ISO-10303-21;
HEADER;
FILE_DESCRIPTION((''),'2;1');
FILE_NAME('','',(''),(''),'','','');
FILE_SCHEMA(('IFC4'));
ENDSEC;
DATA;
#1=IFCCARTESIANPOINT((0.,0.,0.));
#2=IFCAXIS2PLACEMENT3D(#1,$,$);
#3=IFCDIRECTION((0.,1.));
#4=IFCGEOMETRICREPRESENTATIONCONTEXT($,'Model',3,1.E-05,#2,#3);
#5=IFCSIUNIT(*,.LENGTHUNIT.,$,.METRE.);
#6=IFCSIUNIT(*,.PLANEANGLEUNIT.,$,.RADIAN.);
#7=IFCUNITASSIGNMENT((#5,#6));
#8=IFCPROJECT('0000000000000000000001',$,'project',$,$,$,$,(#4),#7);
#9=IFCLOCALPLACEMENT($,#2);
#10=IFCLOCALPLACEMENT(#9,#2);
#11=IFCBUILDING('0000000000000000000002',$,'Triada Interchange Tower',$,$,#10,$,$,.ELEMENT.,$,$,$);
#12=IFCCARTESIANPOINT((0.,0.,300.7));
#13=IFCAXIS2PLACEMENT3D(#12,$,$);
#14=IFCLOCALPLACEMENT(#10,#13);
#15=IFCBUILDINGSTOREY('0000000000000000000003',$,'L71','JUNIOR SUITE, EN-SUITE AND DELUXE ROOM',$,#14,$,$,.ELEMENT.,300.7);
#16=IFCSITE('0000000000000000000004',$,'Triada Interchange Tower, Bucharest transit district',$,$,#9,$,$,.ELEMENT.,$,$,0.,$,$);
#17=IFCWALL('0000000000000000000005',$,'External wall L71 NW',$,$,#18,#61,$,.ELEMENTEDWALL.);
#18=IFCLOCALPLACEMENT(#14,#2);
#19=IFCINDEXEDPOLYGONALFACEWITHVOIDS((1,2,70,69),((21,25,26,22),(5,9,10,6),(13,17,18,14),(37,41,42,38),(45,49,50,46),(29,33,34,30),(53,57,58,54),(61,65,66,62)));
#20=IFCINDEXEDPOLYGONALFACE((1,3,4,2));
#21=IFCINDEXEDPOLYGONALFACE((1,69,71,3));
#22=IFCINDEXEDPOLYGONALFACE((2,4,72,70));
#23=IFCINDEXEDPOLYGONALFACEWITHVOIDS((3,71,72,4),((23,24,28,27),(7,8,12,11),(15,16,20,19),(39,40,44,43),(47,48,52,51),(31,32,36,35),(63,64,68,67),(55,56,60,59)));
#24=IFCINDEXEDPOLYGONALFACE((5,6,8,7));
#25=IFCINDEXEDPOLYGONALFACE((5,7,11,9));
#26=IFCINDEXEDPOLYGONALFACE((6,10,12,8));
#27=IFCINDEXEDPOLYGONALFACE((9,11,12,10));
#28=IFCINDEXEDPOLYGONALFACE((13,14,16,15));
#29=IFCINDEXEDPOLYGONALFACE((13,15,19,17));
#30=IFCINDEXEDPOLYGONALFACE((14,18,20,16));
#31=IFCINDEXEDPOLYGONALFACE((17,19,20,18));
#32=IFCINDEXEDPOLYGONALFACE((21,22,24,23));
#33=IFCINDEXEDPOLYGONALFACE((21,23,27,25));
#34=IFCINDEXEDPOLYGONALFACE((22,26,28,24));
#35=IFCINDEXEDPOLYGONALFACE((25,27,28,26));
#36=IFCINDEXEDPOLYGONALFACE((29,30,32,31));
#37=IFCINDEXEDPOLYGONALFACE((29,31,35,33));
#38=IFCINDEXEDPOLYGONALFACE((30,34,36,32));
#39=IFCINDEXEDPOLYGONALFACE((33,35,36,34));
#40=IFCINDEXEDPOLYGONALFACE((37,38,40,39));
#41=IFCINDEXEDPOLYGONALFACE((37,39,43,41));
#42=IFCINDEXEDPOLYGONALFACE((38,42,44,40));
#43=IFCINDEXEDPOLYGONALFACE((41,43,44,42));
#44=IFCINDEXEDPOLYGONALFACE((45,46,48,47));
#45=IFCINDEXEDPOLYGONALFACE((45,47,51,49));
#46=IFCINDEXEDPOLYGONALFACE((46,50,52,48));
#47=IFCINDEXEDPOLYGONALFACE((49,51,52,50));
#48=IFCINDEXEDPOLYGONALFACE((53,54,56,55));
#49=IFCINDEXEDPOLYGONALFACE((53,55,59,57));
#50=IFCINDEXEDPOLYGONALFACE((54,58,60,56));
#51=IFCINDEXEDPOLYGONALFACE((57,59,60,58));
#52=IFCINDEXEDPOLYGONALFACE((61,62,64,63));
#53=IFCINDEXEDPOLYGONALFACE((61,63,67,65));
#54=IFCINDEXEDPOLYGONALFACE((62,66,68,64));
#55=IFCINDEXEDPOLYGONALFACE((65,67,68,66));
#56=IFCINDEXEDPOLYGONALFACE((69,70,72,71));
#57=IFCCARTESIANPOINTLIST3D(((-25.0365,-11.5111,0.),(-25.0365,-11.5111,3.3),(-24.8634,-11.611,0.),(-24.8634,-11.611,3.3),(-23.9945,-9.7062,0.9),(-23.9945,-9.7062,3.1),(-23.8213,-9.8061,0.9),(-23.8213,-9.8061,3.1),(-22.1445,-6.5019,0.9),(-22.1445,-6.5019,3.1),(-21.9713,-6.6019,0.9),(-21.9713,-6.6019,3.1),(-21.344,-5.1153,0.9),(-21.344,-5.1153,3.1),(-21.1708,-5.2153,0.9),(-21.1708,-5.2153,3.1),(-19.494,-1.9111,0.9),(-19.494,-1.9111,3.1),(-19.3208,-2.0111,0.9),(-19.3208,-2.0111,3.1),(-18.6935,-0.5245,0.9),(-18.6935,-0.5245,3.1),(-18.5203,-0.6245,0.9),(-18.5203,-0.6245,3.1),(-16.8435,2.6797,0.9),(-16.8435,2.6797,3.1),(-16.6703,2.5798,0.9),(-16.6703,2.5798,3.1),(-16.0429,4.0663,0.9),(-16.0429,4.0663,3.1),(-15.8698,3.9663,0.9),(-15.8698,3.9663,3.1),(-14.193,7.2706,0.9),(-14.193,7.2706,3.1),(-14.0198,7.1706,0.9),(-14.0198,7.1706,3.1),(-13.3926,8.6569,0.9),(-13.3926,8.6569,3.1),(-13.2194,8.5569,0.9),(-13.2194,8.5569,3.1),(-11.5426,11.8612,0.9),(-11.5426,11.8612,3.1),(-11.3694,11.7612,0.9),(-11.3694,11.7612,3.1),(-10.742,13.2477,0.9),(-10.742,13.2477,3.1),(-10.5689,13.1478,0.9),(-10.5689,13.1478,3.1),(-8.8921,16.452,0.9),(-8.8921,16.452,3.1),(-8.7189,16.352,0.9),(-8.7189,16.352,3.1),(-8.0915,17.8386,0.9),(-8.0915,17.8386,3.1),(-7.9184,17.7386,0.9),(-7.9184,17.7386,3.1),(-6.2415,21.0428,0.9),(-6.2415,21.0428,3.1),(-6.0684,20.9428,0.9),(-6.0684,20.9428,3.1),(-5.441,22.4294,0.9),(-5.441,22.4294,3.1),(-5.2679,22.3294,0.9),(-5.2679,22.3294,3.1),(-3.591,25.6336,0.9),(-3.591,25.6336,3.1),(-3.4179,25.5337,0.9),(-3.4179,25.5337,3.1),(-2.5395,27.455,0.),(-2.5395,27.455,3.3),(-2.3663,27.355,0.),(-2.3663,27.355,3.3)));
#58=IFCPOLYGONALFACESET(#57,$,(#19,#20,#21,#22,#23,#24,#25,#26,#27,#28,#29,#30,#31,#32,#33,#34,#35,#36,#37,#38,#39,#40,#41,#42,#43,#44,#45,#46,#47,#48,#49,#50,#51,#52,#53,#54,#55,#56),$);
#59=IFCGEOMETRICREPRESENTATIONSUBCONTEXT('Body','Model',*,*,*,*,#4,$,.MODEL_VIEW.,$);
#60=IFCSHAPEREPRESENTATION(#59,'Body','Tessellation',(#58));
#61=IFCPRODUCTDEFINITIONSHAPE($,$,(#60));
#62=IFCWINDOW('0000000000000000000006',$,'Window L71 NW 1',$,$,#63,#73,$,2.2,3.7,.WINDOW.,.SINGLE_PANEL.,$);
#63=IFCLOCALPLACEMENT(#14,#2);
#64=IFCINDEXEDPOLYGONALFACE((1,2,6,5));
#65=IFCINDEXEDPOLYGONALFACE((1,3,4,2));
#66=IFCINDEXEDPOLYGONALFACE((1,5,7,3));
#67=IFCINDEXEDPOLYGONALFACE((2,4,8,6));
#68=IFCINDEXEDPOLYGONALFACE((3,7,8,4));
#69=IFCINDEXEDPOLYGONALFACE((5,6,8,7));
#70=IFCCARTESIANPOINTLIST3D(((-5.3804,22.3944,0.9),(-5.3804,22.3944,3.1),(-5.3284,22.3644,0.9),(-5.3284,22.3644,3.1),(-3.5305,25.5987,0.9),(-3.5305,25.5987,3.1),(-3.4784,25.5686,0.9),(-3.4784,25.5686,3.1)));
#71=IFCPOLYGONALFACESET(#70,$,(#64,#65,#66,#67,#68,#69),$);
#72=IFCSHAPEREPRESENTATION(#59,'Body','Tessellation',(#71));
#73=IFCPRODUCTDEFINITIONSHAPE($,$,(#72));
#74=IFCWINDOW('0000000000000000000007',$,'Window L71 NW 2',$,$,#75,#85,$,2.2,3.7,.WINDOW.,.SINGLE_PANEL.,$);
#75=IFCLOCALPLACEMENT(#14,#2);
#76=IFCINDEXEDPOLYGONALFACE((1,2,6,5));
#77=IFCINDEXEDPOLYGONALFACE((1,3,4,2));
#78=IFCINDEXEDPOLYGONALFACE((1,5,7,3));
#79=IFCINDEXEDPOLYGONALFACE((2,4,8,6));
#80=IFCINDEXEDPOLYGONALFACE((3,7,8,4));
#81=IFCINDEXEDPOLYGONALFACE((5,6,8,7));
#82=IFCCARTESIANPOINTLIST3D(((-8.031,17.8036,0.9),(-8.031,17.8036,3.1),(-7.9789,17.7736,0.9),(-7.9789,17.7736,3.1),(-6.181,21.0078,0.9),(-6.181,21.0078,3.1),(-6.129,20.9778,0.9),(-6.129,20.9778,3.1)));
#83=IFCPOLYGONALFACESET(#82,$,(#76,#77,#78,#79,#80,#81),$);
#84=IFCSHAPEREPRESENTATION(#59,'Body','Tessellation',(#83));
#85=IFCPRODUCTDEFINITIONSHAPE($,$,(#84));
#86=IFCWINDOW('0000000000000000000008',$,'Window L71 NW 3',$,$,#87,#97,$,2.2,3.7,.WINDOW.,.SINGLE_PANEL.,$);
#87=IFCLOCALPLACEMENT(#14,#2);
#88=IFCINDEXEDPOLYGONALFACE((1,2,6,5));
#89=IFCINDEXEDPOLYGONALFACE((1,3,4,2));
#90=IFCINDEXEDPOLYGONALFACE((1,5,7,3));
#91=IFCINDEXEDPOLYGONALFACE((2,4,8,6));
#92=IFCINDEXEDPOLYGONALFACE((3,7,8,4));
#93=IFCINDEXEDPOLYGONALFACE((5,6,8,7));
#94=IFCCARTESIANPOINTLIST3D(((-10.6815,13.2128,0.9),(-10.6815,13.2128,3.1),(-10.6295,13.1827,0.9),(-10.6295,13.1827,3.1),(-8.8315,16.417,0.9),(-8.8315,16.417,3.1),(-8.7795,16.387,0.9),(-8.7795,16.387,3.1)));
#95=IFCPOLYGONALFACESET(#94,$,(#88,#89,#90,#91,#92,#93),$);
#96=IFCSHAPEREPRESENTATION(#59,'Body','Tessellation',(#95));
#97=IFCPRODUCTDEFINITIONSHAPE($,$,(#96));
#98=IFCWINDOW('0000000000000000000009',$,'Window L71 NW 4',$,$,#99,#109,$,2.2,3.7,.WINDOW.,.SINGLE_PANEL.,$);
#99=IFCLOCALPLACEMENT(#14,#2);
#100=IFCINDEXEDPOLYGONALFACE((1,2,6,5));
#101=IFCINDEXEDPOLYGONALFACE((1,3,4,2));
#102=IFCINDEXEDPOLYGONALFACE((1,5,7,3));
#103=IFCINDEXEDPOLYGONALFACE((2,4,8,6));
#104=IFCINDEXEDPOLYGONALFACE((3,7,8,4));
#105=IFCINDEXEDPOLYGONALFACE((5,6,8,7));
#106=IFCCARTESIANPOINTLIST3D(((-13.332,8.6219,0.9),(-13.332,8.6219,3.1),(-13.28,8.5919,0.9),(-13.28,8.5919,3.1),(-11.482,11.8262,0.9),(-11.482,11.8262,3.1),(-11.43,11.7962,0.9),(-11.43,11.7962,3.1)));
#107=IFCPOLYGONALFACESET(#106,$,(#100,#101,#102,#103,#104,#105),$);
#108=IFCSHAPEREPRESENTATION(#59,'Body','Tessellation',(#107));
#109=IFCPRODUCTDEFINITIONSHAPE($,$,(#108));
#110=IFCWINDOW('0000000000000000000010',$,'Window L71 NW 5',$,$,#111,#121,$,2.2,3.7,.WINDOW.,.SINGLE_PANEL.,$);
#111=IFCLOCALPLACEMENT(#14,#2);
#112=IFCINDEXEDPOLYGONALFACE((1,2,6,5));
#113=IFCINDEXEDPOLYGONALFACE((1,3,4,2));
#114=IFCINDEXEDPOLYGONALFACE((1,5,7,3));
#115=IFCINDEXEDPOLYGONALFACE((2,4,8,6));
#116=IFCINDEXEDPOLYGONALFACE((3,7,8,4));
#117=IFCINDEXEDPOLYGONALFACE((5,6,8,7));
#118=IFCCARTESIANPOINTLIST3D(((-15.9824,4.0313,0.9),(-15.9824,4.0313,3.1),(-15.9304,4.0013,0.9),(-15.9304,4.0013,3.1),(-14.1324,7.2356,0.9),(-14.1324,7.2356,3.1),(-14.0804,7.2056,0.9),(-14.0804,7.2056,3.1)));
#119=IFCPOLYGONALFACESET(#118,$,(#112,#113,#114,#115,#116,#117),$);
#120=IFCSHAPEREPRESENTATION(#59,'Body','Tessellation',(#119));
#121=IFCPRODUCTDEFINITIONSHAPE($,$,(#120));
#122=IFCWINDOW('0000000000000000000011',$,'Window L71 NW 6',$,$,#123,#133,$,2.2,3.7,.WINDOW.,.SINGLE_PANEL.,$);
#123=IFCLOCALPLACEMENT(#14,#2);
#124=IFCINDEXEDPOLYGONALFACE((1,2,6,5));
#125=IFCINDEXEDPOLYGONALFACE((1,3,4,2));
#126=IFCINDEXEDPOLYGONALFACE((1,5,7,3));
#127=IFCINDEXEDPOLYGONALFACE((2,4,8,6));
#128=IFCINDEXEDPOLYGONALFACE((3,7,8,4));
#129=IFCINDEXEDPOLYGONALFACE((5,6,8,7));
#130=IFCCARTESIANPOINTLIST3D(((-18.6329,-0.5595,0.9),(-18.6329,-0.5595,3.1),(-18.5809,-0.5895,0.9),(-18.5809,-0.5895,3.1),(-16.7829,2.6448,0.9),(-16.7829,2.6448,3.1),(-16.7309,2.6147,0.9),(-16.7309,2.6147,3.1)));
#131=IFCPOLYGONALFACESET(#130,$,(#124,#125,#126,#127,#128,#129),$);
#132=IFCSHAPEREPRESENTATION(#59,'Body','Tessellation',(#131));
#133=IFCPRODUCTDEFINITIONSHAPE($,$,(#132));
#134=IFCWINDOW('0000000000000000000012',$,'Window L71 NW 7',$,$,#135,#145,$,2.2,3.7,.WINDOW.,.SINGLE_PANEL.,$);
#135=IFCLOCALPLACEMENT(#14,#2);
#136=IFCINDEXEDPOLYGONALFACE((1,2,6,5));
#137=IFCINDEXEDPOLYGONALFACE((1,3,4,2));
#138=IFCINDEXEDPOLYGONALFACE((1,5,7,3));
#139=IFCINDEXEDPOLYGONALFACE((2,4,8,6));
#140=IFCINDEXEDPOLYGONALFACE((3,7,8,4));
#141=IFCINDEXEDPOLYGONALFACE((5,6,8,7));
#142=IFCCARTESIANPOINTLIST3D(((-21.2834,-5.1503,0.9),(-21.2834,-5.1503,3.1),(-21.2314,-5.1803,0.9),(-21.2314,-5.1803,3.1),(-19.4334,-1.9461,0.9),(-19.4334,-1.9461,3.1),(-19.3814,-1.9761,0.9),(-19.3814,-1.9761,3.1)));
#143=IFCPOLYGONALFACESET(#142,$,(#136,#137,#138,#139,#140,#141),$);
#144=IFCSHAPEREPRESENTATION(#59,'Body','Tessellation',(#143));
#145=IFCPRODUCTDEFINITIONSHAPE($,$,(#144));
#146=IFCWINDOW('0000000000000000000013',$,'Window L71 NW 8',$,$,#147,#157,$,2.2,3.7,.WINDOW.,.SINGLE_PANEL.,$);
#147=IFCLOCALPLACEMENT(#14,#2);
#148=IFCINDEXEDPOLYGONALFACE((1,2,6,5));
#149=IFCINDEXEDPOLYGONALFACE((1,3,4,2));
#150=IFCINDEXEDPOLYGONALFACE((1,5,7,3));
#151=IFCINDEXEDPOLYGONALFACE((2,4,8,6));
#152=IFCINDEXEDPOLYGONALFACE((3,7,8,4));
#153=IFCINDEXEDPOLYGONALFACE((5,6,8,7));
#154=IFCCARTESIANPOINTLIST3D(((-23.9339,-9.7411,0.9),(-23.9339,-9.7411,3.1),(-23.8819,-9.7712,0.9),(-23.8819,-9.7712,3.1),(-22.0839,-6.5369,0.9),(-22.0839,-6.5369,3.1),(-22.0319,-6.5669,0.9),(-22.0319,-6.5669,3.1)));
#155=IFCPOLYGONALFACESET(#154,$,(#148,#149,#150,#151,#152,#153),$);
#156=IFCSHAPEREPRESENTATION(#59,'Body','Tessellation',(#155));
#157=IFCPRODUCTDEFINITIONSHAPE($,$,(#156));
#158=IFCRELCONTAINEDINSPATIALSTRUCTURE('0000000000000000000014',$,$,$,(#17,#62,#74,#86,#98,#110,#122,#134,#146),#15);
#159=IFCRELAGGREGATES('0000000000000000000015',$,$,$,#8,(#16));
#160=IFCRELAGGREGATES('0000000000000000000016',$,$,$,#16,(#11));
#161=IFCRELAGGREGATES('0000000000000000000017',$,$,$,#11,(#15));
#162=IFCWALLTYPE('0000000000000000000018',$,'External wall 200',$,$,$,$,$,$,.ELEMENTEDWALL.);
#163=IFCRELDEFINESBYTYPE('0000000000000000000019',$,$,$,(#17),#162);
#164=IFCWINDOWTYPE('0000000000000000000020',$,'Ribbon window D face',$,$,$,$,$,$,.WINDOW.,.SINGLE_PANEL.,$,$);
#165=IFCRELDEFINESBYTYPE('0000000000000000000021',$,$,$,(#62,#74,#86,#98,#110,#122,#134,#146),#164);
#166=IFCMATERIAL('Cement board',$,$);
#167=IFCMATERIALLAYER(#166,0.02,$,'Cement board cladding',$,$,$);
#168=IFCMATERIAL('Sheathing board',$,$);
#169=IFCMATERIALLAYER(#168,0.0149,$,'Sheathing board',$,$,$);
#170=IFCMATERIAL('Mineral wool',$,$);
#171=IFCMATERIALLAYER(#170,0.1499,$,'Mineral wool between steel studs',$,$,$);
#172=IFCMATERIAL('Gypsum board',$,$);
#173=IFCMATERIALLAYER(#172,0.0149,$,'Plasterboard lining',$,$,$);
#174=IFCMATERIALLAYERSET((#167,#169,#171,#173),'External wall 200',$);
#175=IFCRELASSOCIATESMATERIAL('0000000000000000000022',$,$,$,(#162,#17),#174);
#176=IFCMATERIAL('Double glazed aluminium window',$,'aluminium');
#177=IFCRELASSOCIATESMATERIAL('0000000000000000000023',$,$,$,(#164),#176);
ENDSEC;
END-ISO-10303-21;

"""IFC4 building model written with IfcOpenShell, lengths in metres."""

from ifc_helpers import new_model, si_unit, direction, frame, frame_2d, origin, place, context, subcontext, project, spatial, rectangle, extrude, material, layer, layer_set, layer_usage, type_object, element, fill, save


model = new_model("IFC4")

# Units and contexts
model_context = context("Model", 3, precision=1e-05, world=origin(), true_north=direction((0.0, 1.0)))
body_context = subcontext(model_context, "Body", "Model", "MODEL_VIEW")
ifc_project = project(units=[si_unit("LENGTHUNIT", "METRE"), si_unit("PLANEANGLEUNIT", "RADIAN")], contexts=[model_context])

# Site, building, storey
site_placement = place(None, origin())
site = spatial("IfcSite", under=ifc_project, at=site_placement, Name="Triada Interchange Tower, Bucharest transit district", CompositionType="ELEMENT", RefElevation=0.0)
building_placement = place(site_placement, origin())
building = spatial("IfcBuilding", under=site, at=building_placement, Name="Triada Interchange Tower", CompositionType="ELEMENT")
storey_placement = place(building_placement, frame((0.0, 0.0, 300.7)))
storey = spatial("IfcBuildingStorey", under=building, at=storey_placement, Name="L71", Description="JUNIOR SUITE, EN-SUITE AND DELUXE ROOM", CompositionType="ELEMENT", Elevation=300.7)

# Wall, openings, windows
ifc_material_1 = material(Name="Cement board")
ifc_layer_1 = layer(ifc_material_1, 0.02, Name="Cement board cladding")
ifc_material_2 = material(Name="Sheathing board")
ifc_layer_2 = layer(ifc_material_2, 0.0149, Name="Sheathing board")
ifc_material_3 = material(Name="Mineral wool")
ifc_layer_3 = layer(ifc_material_3, 0.1499, Name="Mineral wool between steel studs")
ifc_material_4 = material(Name="Gypsum board")
ifc_layer_4 = layer(ifc_material_4, 0.0149, Name="Plasterboard lining")
ifc_layer_set_1 = layer_set([ifc_layer_1, ifc_layer_2, ifc_layer_3, ifc_layer_4], Name="External wall 200")
ifc_layer_usage = layer_usage(ifc_layer_set_1, "AXIS2", "POSITIVE", -0.1001)
wall_type_1 = type_object("IfcWallType", Name="External wall 200", PredefinedType="ELEMENTEDWALL", material=ifc_layer_set_1)
wall_1_placement = place(storey_placement, frame((-2.4529, 27.405, 0.0), z_axis=(0.0, 0.0, 1.0), x_axis=(-0.5, -0.866025, 0.0)))
wall_1 = element("IfcWall", 1, at=wall_1_placement, inside=storey, type_object=wall_type_1, material=ifc_layer_usage, Name="External wall L71 NW", PredefinedType="ELEMENTEDWALL", context=body_context, shape_type="SweptSolid", body=[
    extrude(rectangle(XDim=44.9941, YDim=0.2, at=frame_2d((22.4971, 0.0))), origin(), (0.0, 0.0, 1.0), 3.3),
])
opening_1_placement = place(wall_1_placement, frame((2.103, 0.0, 0.8999)))
opening_1 = element("IfcOpeningElement", 2, at=opening_1_placement, cuts=wall_1, PredefinedType="OPENING", context=body_context, shape_type="SweptSolid", body=[
    extrude(rectangle(XDim=3.7, YDim=2.2, at=frame_2d((1.8501, 1.1001))), frame((0.0, 0.1099, 0.0), z_axis=(0.0, -1.0, 0.0), x_axis=(1.0, 0.0, 0.0)), (0.0, 0.0, 1.0), 0.22),
])
opening_2_placement = place(wall_1_placement, frame((7.4041, 0.0, 0.8999)))
opening_2 = element("IfcOpeningElement", 3, at=opening_2_placement, cuts=wall_1, PredefinedType="OPENING", context=body_context, shape_type="SweptSolid", body=[
    extrude(rectangle(XDim=3.7, YDim=2.2, at=frame_2d((1.8501, 1.1001))), frame((0.0, 0.1099, 0.0), z_axis=(0.0, -1.0, 0.0), x_axis=(1.0, 0.0, 0.0)), (0.0, 0.0, 1.0), 0.22),
])
opening_3_placement = place(wall_1_placement, frame((12.7051, 0.0, 0.8999)))
opening_3 = element("IfcOpeningElement", 4, at=opening_3_placement, cuts=wall_1, PredefinedType="OPENING", context=body_context, shape_type="SweptSolid", body=[
    extrude(rectangle(XDim=3.7, YDim=2.2, at=frame_2d((1.8501, 1.1001))), frame((0.0, 0.1099, 0.0), z_axis=(0.0, -1.0, 0.0), x_axis=(1.0, 0.0, 0.0)), (0.0, 0.0, 1.0), 0.22),
])
opening_4_placement = place(wall_1_placement, frame((18.0061, 0.0, 0.8999)))
opening_4 = element("IfcOpeningElement", 5, at=opening_4_placement, cuts=wall_1, PredefinedType="OPENING", context=body_context, shape_type="SweptSolid", body=[
    extrude(rectangle(XDim=3.7, YDim=2.2, at=frame_2d((1.8501, 1.1001))), frame((0.0, 0.1099, 0.0), z_axis=(0.0, -1.0, 0.0), x_axis=(1.0, 0.0, 0.0)), (0.0, 0.0, 1.0), 0.22),
])
opening_5_placement = place(wall_1_placement, frame((23.3069, 0.0, 0.8999)))
opening_5 = element("IfcOpeningElement", 6, at=opening_5_placement, cuts=wall_1, PredefinedType="OPENING", context=body_context, shape_type="SweptSolid", body=[
    extrude(rectangle(XDim=3.7, YDim=2.2, at=frame_2d((1.8501, 1.1001))), frame((0.0, 0.1099, 0.0), z_axis=(0.0, -1.0, 0.0), x_axis=(1.0, 0.0, 0.0)), (0.0, 0.0, 1.0), 0.22),
])
opening_6_placement = place(wall_1_placement, frame((28.6079, 0.0, 0.8999)))
opening_6 = element("IfcOpeningElement", 7, at=opening_6_placement, cuts=wall_1, PredefinedType="OPENING", context=body_context, shape_type="SweptSolid", body=[
    extrude(rectangle(XDim=3.7, YDim=2.2, at=frame_2d((1.8501, 1.1001))), frame((0.0, 0.1099, 0.0), z_axis=(0.0, -1.0, 0.0), x_axis=(1.0, 0.0, 0.0)), (0.0, 0.0, 1.0), 0.22),
])
opening_7_placement = place(wall_1_placement, frame((33.9089, 0.0, 0.8999)))
opening_7 = element("IfcOpeningElement", 8, at=opening_7_placement, cuts=wall_1, PredefinedType="OPENING", context=body_context, shape_type="SweptSolid", body=[
    extrude(rectangle(XDim=3.7, YDim=2.2, at=frame_2d((1.8501, 1.1001))), frame((0.0, 0.1099, 0.0), z_axis=(0.0, -1.0, 0.0), x_axis=(1.0, 0.0, 0.0)), (0.0, 0.0, 1.0), 0.22),
])
opening_8_placement = place(wall_1_placement, frame((39.21, 0.0, 0.8999)))
opening_8 = element("IfcOpeningElement", 9, at=opening_8_placement, cuts=wall_1, PredefinedType="OPENING", context=body_context, shape_type="SweptSolid", body=[
    extrude(rectangle(XDim=3.7, YDim=2.2, at=frame_2d((1.8501, 1.1001))), frame((0.0, 0.1099, 0.0), z_axis=(0.0, -1.0, 0.0), x_axis=(1.0, 0.0, 0.0)), (0.0, 0.0, 1.0), 0.22),
])
ifc_material_5 = material(Name="Double glazed aluminium window", Category="aluminium")
window_type = type_object("IfcWindowType", Name="Ribbon window D face", PartitioningType="SINGLE_PANEL", PredefinedType="WINDOW", material=ifc_material_5)
window_1_placement = place(opening_1_placement, origin())
window_1 = element("IfcWindow", 10, at=window_1_placement, inside=storey, type_object=window_type, Name="Window L71 NW 1", OverallHeight=2.2, OverallWidth=3.7, PartitioningType="SINGLE_PANEL", PredefinedType="WINDOW", context=body_context, shape_type="SweptSolid", body=[
    extrude(rectangle(XDim=3.7, YDim=2.2, at=frame_2d((1.8501, 1.1001))), frame((0.0, 0.03, 0.0), z_axis=(0.0, -1.0, 0.0), x_axis=(1.0, 0.0, 0.0)), (0.0, 0.0, 1.0), 0.0601),
])
fill(opening_1, window_1)
window_2_placement = place(opening_2_placement, origin())
window_2 = element("IfcWindow", 11, at=window_2_placement, inside=storey, type_object=window_type, Name="Window L71 NW 2", OverallHeight=2.2, OverallWidth=3.7, PartitioningType="SINGLE_PANEL", PredefinedType="WINDOW", context=body_context, shape_type="SweptSolid", body=[
    extrude(rectangle(XDim=3.7, YDim=2.2, at=frame_2d((1.8501, 1.1001))), frame((0.0, 0.03, 0.0), z_axis=(0.0, -1.0, 0.0), x_axis=(1.0, 0.0, 0.0)), (0.0, 0.0, 1.0), 0.0601),
])
fill(opening_2, window_2)
window_3_placement = place(opening_3_placement, origin())
window_3 = element("IfcWindow", 12, at=window_3_placement, inside=storey, type_object=window_type, Name="Window L71 NW 3", OverallHeight=2.2, OverallWidth=3.7, PartitioningType="SINGLE_PANEL", PredefinedType="WINDOW", context=body_context, shape_type="SweptSolid", body=[
    extrude(rectangle(XDim=3.7, YDim=2.2, at=frame_2d((1.8501, 1.1001))), frame((0.0, 0.03, 0.0), z_axis=(0.0, -1.0, 0.0), x_axis=(1.0, 0.0, 0.0)), (0.0, 0.0, 1.0), 0.0601),
])
fill(opening_3, window_3)
window_4_placement = place(opening_4_placement, origin())
window_4 = element("IfcWindow", 13, at=window_4_placement, inside=storey, type_object=window_type, Name="Window L71 NW 4", OverallHeight=2.2, OverallWidth=3.7, PartitioningType="SINGLE_PANEL", PredefinedType="WINDOW", context=body_context, shape_type="SweptSolid", body=[
    extrude(rectangle(XDim=3.7, YDim=2.2, at=frame_2d((1.8501, 1.1001))), frame((0.0, 0.03, 0.0), z_axis=(0.0, -1.0, 0.0), x_axis=(1.0, 0.0, 0.0)), (0.0, 0.0, 1.0), 0.0601),
])
fill(opening_4, window_4)
window_5_placement = place(opening_5_placement, origin())
window_5 = element("IfcWindow", 14, at=window_5_placement, inside=storey, type_object=window_type, Name="Window L71 NW 5", OverallHeight=2.2, OverallWidth=3.7, PartitioningType="SINGLE_PANEL", PredefinedType="WINDOW", context=body_context, shape_type="SweptSolid", body=[
    extrude(rectangle(XDim=3.7, YDim=2.2, at=frame_2d((1.8501, 1.1001))), frame((0.0, 0.03, 0.0), z_axis=(0.0, -1.0, 0.0), x_axis=(1.0, 0.0, 0.0)), (0.0, 0.0, 1.0), 0.0601),
])
fill(opening_5, window_5)
window_6_placement = place(opening_6_placement, origin())
window_6 = element("IfcWindow", 15, at=window_6_placement, inside=storey, type_object=window_type, Name="Window L71 NW 6", OverallHeight=2.2, OverallWidth=3.7, PartitioningType="SINGLE_PANEL", PredefinedType="WINDOW", context=body_context, shape_type="SweptSolid", body=[
    extrude(rectangle(XDim=3.7, YDim=2.2, at=frame_2d((1.8501, 1.1001))), frame((0.0, 0.03, 0.0), z_axis=(0.0, -1.0, 0.0), x_axis=(1.0, 0.0, 0.0)), (0.0, 0.0, 1.0), 0.0601),
])
fill(opening_6, window_6)
window_7_placement = place(opening_7_placement, origin())
window_7 = element("IfcWindow", 16, at=window_7_placement, inside=storey, type_object=window_type, Name="Window L71 NW 7", OverallHeight=2.2, OverallWidth=3.7, PartitioningType="SINGLE_PANEL", PredefinedType="WINDOW", context=body_context, shape_type="SweptSolid", body=[
    extrude(rectangle(XDim=3.7, YDim=2.2, at=frame_2d((1.8501, 1.1001))), frame((0.0, 0.03, 0.0), z_axis=(0.0, -1.0, 0.0), x_axis=(1.0, 0.0, 0.0)), (0.0, 0.0, 1.0), 0.0601),
])
fill(opening_7, window_7)
window_8_placement = place(opening_8_placement, origin())
window_8 = element("IfcWindow", 17, at=window_8_placement, inside=storey, type_object=window_type, Name="Window L71 NW 8", OverallHeight=2.2, OverallWidth=3.7, PartitioningType="SINGLE_PANEL", PredefinedType="WINDOW", context=body_context, shape_type="SweptSolid", body=[
    extrude(rectangle(XDim=3.7, YDim=2.2, at=frame_2d((1.8501, 1.1001))), frame((0.0, 0.03, 0.0), z_axis=(0.0, -1.0, 0.0), x_axis=(1.0, 0.0, 0.0)), (0.0, 0.0, 1.0), 0.0601),
])
fill(opening_8, window_8)

save(model, "model.ifc")
